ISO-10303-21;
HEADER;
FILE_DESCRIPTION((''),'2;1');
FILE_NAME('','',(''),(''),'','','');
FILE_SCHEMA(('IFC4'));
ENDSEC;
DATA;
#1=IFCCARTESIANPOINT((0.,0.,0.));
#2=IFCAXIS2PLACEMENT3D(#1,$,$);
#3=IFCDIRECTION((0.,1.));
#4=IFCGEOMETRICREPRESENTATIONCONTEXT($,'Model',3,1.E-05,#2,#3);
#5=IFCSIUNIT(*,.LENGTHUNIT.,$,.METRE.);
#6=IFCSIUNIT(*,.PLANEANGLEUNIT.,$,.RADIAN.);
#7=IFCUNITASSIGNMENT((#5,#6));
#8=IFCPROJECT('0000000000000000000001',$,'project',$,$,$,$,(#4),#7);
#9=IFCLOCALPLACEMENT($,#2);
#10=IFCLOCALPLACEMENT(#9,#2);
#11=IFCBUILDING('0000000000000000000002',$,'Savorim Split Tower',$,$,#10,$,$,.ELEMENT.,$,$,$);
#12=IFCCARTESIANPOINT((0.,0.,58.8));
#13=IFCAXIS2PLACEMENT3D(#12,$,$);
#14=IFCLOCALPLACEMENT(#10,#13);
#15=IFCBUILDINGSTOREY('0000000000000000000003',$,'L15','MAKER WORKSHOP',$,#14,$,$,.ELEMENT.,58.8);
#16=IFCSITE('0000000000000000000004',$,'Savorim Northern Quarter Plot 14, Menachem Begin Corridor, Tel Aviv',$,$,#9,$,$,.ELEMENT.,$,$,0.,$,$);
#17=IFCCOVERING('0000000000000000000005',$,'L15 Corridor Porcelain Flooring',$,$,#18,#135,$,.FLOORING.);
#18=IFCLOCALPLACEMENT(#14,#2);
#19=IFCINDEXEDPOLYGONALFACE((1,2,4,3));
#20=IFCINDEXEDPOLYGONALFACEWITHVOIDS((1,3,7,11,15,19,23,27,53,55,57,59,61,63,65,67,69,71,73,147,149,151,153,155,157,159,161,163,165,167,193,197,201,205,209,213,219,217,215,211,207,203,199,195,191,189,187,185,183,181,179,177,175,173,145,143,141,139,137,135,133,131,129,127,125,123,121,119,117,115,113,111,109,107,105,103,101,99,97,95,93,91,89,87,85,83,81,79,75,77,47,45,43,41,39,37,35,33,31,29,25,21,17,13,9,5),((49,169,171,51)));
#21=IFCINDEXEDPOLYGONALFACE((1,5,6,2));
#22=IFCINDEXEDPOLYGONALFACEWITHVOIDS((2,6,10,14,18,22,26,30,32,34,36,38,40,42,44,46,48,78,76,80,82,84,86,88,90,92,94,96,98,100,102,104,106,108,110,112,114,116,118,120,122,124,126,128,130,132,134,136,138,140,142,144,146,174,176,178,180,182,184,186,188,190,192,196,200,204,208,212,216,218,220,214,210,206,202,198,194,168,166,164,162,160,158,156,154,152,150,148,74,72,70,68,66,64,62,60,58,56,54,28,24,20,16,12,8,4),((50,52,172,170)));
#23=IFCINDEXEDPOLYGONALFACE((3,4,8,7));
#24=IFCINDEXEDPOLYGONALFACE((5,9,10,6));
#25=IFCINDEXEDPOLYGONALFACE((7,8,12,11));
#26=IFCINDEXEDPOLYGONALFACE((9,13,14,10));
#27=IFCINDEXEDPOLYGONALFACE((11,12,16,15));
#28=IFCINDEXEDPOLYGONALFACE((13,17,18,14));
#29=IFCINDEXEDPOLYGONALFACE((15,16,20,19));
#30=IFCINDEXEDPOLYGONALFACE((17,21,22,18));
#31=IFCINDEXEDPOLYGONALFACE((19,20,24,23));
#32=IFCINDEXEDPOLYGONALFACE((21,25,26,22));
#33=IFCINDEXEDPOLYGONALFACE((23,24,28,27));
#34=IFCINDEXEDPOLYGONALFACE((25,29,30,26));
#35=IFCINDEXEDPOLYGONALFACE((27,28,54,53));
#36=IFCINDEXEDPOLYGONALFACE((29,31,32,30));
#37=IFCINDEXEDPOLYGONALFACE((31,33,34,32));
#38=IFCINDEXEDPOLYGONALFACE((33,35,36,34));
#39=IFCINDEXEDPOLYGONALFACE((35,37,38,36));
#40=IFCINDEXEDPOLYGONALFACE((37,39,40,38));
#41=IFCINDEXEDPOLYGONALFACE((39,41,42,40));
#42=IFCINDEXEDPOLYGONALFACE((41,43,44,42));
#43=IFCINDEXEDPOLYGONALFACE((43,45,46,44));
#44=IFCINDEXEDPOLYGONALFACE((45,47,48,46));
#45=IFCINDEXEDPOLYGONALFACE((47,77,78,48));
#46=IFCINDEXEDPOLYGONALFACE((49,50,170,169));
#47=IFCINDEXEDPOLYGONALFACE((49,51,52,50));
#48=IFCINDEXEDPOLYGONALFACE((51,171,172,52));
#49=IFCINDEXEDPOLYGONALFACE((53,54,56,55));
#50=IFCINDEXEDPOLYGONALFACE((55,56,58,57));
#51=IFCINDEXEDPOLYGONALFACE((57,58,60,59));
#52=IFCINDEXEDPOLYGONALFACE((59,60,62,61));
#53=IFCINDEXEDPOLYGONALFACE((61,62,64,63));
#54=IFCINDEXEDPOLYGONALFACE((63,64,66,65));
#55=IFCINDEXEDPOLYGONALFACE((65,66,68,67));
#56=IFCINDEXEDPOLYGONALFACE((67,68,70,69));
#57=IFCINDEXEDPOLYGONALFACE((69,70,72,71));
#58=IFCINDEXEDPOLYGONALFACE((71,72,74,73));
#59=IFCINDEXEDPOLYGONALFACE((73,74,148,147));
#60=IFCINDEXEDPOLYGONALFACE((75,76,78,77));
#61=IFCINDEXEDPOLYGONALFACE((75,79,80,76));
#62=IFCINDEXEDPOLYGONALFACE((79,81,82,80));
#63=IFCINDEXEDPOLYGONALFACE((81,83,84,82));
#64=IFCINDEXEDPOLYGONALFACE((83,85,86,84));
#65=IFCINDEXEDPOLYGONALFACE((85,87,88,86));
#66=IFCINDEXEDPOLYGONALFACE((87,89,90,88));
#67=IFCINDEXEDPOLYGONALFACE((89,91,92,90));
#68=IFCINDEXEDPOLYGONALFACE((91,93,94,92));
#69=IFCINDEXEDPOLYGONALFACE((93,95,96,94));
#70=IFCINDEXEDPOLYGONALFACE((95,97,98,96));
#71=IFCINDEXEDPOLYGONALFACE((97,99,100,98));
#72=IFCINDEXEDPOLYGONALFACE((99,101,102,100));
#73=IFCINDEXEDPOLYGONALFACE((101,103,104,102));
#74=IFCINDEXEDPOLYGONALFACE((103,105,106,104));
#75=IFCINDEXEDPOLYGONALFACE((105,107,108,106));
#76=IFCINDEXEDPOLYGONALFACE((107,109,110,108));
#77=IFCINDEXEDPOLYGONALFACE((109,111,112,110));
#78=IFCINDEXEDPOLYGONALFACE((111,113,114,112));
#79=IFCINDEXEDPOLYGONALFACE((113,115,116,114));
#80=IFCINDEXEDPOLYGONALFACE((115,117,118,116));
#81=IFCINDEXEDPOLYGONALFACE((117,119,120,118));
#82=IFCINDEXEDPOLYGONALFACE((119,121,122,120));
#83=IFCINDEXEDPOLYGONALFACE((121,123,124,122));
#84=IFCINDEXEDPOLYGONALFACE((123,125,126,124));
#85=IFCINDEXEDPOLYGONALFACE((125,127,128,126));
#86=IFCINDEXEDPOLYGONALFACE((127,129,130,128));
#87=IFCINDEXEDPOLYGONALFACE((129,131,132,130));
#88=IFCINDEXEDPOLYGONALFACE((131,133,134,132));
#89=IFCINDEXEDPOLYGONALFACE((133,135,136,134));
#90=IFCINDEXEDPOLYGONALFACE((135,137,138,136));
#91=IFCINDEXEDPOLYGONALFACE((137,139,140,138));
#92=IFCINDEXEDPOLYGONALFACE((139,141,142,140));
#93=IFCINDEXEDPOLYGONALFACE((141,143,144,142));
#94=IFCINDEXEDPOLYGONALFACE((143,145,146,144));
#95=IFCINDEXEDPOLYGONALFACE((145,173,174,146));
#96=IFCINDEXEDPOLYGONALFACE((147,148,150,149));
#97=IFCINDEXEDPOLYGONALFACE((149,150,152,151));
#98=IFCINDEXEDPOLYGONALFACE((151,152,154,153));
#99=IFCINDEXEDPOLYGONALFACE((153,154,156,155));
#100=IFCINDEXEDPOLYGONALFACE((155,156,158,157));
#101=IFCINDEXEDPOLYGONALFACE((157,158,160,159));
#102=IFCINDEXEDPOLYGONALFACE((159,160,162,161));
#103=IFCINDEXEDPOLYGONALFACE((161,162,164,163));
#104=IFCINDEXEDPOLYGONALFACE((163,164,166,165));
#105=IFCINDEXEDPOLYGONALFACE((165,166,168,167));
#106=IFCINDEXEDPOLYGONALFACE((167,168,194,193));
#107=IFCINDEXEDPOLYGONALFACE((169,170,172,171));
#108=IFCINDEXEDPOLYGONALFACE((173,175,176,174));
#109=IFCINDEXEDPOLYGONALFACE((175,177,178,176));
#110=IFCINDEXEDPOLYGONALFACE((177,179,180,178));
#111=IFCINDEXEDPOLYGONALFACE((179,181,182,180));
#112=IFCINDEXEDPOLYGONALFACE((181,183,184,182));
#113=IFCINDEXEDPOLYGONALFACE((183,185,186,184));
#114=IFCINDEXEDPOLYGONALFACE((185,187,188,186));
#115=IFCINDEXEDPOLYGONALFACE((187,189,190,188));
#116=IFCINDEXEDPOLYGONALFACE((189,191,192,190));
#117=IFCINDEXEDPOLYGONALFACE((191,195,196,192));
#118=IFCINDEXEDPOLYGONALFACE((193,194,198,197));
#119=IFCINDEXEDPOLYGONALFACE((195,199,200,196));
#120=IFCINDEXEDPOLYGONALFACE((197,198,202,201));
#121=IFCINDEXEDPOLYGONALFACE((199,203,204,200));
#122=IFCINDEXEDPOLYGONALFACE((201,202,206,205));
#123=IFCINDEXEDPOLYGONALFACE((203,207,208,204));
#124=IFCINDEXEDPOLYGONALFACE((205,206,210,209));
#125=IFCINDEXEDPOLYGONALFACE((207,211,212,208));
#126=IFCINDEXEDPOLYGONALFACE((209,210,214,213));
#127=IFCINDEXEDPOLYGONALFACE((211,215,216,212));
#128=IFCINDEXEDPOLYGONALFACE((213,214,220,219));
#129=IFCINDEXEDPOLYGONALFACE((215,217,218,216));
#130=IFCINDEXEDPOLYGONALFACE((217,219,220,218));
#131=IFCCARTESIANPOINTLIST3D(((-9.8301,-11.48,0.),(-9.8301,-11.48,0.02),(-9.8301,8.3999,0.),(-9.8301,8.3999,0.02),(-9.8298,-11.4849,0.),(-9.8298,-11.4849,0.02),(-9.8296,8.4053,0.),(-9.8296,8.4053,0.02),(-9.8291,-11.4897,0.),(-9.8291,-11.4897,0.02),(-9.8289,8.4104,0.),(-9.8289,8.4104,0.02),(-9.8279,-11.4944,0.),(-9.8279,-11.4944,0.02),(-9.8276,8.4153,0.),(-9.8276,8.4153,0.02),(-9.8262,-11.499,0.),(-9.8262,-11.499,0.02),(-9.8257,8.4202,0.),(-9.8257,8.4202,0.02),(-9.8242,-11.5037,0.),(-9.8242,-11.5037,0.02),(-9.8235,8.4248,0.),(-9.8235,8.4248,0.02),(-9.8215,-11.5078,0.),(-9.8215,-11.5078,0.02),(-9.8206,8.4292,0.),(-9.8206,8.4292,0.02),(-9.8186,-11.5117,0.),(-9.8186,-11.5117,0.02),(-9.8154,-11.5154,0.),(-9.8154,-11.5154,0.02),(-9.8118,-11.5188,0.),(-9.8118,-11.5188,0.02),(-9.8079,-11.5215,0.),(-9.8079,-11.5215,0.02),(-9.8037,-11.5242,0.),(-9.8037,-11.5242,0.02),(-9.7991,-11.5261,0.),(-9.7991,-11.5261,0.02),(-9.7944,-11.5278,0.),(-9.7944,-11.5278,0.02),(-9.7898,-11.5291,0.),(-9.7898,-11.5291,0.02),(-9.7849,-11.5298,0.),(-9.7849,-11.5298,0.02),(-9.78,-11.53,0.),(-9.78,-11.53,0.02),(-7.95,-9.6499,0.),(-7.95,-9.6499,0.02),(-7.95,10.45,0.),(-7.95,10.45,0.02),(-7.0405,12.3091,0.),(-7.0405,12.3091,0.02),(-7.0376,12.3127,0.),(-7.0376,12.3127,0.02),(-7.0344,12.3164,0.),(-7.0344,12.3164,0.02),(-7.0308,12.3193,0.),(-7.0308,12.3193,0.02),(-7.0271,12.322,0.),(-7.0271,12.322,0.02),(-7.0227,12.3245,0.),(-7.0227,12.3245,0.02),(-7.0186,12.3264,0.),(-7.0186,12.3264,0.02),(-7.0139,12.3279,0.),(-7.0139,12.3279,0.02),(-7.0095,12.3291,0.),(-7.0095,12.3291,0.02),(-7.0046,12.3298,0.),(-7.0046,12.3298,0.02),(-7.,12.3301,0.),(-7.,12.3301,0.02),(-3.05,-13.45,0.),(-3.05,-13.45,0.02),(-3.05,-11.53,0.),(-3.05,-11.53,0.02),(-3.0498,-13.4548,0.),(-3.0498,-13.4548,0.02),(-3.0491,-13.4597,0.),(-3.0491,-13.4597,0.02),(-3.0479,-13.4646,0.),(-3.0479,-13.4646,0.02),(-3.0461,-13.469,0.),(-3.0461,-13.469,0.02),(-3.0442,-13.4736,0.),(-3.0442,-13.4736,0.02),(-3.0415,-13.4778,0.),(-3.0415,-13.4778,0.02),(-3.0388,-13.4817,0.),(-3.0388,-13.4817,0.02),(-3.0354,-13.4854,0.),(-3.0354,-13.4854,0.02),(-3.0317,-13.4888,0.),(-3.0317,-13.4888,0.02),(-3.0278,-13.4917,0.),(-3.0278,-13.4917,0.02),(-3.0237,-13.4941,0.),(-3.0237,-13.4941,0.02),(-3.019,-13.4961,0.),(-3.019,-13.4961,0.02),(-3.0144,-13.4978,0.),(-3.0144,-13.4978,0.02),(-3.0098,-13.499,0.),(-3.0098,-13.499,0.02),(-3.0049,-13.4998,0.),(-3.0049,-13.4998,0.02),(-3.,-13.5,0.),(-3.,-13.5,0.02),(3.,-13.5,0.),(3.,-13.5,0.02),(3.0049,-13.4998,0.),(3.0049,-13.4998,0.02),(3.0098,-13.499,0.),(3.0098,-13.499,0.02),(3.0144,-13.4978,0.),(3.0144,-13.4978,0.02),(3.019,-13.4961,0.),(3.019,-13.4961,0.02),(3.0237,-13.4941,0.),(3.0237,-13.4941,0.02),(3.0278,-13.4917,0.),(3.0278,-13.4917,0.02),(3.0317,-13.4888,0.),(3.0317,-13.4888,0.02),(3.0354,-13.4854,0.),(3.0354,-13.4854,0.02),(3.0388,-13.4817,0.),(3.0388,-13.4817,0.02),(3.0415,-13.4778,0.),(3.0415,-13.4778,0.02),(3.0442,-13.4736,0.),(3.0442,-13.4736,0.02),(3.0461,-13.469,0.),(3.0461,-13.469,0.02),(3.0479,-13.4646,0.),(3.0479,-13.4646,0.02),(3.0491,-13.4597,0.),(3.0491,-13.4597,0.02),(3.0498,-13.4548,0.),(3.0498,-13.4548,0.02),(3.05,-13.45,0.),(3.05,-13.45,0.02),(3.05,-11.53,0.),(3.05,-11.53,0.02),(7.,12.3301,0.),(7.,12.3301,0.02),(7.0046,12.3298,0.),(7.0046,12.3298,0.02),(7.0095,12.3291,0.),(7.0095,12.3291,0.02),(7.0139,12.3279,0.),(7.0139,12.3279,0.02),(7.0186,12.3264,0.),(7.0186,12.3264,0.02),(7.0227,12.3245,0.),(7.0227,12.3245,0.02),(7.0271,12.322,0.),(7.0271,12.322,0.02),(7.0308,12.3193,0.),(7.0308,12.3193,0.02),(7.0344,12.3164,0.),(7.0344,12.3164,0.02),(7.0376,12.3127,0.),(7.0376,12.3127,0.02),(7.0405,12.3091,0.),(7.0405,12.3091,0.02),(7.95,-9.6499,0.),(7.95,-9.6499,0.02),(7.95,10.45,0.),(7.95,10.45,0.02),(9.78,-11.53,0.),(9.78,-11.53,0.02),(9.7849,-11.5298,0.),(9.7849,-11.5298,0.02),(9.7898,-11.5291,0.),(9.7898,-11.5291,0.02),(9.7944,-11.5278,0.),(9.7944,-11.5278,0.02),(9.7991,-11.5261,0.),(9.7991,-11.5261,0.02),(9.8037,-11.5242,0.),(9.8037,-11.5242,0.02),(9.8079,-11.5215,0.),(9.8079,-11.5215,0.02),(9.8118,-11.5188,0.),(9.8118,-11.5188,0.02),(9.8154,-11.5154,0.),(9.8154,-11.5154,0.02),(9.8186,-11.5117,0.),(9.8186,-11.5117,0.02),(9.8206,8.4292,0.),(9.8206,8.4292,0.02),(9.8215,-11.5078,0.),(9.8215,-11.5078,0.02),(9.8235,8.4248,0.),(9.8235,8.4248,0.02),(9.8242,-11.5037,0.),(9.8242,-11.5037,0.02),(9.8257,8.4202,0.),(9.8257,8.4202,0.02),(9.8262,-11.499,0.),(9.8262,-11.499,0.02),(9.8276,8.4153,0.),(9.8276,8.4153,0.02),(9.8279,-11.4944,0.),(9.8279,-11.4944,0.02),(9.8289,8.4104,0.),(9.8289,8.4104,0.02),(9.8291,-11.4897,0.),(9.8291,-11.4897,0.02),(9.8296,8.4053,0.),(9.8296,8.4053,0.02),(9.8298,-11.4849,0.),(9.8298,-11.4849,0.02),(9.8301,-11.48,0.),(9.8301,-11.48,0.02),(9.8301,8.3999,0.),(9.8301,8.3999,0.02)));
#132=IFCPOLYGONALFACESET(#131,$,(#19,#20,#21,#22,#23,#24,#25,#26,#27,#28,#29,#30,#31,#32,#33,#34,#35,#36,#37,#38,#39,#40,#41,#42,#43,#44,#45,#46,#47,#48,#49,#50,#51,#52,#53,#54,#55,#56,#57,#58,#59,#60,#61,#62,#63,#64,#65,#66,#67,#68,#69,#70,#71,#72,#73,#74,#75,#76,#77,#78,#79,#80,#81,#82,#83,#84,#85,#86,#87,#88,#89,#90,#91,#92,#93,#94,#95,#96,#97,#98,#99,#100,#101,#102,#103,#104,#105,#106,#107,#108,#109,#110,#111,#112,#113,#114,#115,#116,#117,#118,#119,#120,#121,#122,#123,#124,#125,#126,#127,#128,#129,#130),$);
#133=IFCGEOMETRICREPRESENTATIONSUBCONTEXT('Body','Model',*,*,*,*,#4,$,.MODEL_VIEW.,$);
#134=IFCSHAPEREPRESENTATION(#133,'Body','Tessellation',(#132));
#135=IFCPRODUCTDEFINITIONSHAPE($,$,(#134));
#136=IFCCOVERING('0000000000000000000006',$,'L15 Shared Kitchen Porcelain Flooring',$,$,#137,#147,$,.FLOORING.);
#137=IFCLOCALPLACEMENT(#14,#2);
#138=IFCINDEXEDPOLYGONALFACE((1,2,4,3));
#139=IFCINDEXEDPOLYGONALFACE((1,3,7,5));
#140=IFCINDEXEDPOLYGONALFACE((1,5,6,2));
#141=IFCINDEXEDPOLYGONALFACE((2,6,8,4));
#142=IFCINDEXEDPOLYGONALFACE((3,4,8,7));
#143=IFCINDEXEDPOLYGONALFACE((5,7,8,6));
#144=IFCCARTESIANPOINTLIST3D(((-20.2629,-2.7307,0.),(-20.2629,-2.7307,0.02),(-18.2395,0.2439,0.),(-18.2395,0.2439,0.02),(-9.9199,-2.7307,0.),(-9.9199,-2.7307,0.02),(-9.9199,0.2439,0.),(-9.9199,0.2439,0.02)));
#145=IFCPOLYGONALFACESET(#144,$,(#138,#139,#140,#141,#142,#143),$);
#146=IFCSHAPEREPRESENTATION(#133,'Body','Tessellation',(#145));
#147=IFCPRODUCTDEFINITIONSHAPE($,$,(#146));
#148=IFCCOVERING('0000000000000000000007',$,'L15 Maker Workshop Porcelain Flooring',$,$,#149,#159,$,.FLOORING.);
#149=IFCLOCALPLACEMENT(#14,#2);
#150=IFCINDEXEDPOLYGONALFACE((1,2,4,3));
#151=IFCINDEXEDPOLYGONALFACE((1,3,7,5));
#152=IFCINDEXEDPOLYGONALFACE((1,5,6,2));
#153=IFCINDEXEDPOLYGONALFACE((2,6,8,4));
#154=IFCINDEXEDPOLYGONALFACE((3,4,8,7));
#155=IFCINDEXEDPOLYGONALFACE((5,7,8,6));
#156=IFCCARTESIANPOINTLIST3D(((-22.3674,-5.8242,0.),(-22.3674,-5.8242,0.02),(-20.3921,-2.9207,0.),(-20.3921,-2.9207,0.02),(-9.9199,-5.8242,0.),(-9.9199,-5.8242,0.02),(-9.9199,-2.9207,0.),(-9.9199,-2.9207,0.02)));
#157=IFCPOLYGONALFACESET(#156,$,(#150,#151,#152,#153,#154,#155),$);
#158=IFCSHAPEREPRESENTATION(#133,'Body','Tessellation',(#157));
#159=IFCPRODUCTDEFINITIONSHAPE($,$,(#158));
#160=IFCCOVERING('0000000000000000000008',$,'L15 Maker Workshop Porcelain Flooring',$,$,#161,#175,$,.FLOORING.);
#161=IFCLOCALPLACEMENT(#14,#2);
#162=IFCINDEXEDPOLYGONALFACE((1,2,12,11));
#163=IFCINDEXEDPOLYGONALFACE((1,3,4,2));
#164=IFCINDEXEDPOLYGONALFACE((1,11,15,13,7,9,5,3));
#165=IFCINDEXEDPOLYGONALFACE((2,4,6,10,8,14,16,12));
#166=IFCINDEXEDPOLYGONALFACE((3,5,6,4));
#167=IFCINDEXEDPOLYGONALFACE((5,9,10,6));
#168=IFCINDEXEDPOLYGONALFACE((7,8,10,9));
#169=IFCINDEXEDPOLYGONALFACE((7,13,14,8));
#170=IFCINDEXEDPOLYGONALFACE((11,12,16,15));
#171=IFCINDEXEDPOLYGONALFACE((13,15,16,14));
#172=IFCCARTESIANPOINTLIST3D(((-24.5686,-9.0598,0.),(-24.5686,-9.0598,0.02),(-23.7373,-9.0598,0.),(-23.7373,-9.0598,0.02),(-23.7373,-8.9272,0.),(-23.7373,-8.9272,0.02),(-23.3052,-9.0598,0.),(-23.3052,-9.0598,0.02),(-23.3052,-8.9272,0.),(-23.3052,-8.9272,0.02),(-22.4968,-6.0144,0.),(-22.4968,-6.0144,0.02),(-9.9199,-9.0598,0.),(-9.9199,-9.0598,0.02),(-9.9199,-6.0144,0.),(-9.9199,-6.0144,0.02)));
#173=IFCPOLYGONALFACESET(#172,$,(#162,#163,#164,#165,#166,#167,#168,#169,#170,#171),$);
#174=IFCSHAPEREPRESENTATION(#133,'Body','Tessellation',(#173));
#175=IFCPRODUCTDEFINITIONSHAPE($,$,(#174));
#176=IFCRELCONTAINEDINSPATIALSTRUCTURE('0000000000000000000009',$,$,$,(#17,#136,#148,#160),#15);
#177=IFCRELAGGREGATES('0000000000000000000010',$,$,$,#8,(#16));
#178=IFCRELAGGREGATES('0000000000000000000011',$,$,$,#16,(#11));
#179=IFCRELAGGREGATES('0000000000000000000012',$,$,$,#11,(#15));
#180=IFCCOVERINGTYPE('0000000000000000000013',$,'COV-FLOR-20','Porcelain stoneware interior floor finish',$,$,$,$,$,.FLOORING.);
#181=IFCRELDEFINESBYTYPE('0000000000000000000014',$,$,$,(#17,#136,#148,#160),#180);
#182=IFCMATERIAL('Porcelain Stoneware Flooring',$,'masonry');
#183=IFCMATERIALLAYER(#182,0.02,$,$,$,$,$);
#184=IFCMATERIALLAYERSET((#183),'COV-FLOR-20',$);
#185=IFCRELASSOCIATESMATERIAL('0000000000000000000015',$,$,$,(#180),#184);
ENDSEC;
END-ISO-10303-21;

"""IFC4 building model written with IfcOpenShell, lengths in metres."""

from ifc_helpers import new_model, si_unit, direction, frame, origin, place, context, subcontext, project, spatial, polyline, outline, extrude, material, layer, layer_set, type_object, element, save


model = new_model("IFC4")

# Units and contexts
model_context = context("Model", 3, precision=1e-05, world=origin(), true_north=direction((0.0, 1.0)))
body_context = subcontext(model_context, "Body", "Model", "MODEL_VIEW")
ifc_project = project(units=[si_unit("LENGTHUNIT", "METRE"), si_unit("PLANEANGLEUNIT", "RADIAN")], contexts=[model_context])

# Site, building, storey
site_placement = place(None, origin())
site = spatial("IfcSite", under=ifc_project, at=site_placement, Name="Savorim Northern Quarter Plot 14, Menachem Begin Corridor, Tel Aviv", CompositionType="ELEMENT", RefElevation=0.0)
building_placement = place(site_placement, origin())
building = spatial("IfcBuilding", under=site, at=building_placement, Name="Savorim Split Tower", CompositionType="ELEMENT")
storey_placement = place(building_placement, frame((0.0, 0.0, 58.8)))
storey = spatial("IfcBuildingStorey", under=building, at=storey_placement, Name="L15", Description="MAKER WORKSHOP", CompositionType="ELEMENT", Elevation=58.8)

# Coverings
ifc_material_1 = material(Name="Porcelain Stoneware Flooring", Category="masonry")
ifc_layer_1 = layer(ifc_material_1, 0.02)
ifc_layer_set_1 = layer_set([ifc_layer_1], Name="COV-FLOR-20")
covering_type_1 = type_object("IfcCoveringType", Name="COV-FLOR-20", Description="Porcelain stoneware interior floor finish", PredefinedType="FLOORING", material=ifc_layer_set_1)
covering_1_placement = place(storey_placement, origin())
element("IfcCovering", 1, at=covering_1_placement, inside=storey, type_object=covering_type_1, Name="L15 Corridor Porcelain Flooring", PredefinedType="FLOORING", context=body_context, shape_type="SweptSolid", body=[
    extrude(outline(polyline([(7.0095, 12.3291), (7.0046, 12.3298), (7.0, 12.3301), (-7.0, 12.3301), (-7.0046, 12.3298), (-7.0095, 12.3291), (-7.0139, 12.3279), (-7.0186, 12.3264), (-7.0227, 12.3245), (-7.0271, 12.322), (-7.0308, 12.3193), (-7.0344, 12.3164), (-7.0376, 12.3127), (-7.0405, 12.3091), (-9.8206, 8.4292), (-9.8235, 8.4248), (-9.8257, 8.4202), (-9.8276, 8.4153), (-9.8289, 8.4104), (-9.8296, 8.4053), (-9.8301, 8.3999), (-9.8301, -11.48), (-9.8298, -11.4849), (-9.8291, -11.4897), (-9.8279, -11.4944), (-9.8262, -11.499), (-9.8242, -11.5037), (-9.8215, -11.5078), (-9.8186, -11.5117), (-9.8154, -11.5154), (-9.8118, -11.5188), (-9.8079, -11.5215), (-9.8037, -11.5242), (-9.7991, -11.5261), (-9.7944, -11.5278), (-9.7898, -11.5291), (-9.7849, -11.5298), (-9.78, -11.53), (-3.05, -11.53), (-3.05, -13.45), (-3.0498, -13.4548), (-3.0491, -13.4597), (-3.0479, -13.4646), (-3.0461, -13.469), (-3.0442, -13.4736), (-3.0415, -13.4778), (-3.0388, -13.4817), (-3.0354, -13.4854), (-3.0317, -13.4888), (-3.0278, -13.4917), (-3.0237, -13.4941), (-3.019, -13.4961), (-3.0144, -13.4978), (-3.0098, -13.499), (-3.0049, -13.4998), (-3.0, -13.5), (3.0, -13.5), (3.0049, -13.4998), (3.0098, -13.499), (3.0144, -13.4978), (3.019, -13.4961), (3.0237, -13.4941), (3.0278, -13.4917), (3.0317, -13.4888), (3.0354, -13.4854), (3.0388, -13.4817), (3.0415, -13.4778), (3.0442, -13.4736), (3.0461, -13.469), (3.0479, -13.4646), (3.0491, -13.4597), (3.0498, -13.4548), (3.05, -13.45), (3.05, -11.53), (9.78, -11.53), (9.7849, -11.5298), (9.7898, -11.5291), (9.7944, -11.5278), (9.7991, -11.5261), (9.8037, -11.5242), (9.8079, -11.5215), (9.8118, -11.5188), (9.8154, -11.5154), (9.8186, -11.5117), (9.8215, -11.5078), (9.8242, -11.5037), (9.8262, -11.499), (9.8279, -11.4944), (9.8291, -11.4897), (9.8298, -11.4849), (9.8301, -11.48), (9.8301, 8.3999), (9.8296, 8.4053), (9.8289, 8.4104), (9.8276, 8.4153), (9.8257, 8.4202), (9.8235, 8.4248), (9.8206, 8.4292), (7.0405, 12.3091), (7.0376, 12.3127), (7.0344, 12.3164), (7.0308, 12.3193), (7.0271, 12.322), (7.0227, 12.3245), (7.0186, 12.3264), (7.0139, 12.3279), (7.0095, 12.3291)]), holes=[polyline([(-7.95, 10.45), (-7.95, -9.6499), (7.95, -9.6499), (7.95, 10.45), (-7.95, 10.45)])]), origin(), (0.0, 0.0, 1.0), 0.02),
])
covering_2_placement = place(storey_placement, origin())
element("IfcCovering", 2, at=covering_2_placement, inside=storey, type_object=covering_type_1, Name="L15 Shared Kitchen Porcelain Flooring", PredefinedType="FLOORING", context=body_context, shape_type="SweptSolid", body=[
    extrude(outline(polyline([(-18.2395, 0.2439), (-20.2629, -2.7307), (-9.9199, -2.7307), (-9.9199, 0.2439), (-18.2395, 0.2439)])), origin(), (0.0, 0.0, 1.0), 0.02),
])
covering_3_placement = place(storey_placement, origin())
element("IfcCovering", 3, at=covering_3_placement, inside=storey, type_object=covering_type_1, Name="L15 Maker Workshop Porcelain Flooring", PredefinedType="FLOORING", context=body_context, shape_type="SweptSolid", body=[
    extrude(outline(polyline([(-20.3921, -2.9207), (-22.3674, -5.8242), (-9.9199, -5.8242), (-9.9199, -2.9207), (-20.3921, -2.9207)])), origin(), (0.0, 0.0, 1.0), 0.02),
])
covering_4_placement = place(storey_placement, origin())
element("IfcCovering", 4, at=covering_4_placement, inside=storey, type_object=covering_type_1, Name="L15 Maker Workshop Porcelain Flooring", PredefinedType="FLOORING", context=body_context, shape_type="SweptSolid", body=[
    extrude(outline(polyline([(-23.3052, -8.9272), (-23.3052, -9.0598), (-9.9199, -9.0598), (-9.9199, -6.0144), (-22.4968, -6.0144), (-24.5686, -9.0598), (-23.7373, -9.0598), (-23.7373, -8.9272), (-23.3052, -8.9272)])), origin(), (0.0, 0.0, 1.0), 0.02),
])

save(model, "model.ifc")
